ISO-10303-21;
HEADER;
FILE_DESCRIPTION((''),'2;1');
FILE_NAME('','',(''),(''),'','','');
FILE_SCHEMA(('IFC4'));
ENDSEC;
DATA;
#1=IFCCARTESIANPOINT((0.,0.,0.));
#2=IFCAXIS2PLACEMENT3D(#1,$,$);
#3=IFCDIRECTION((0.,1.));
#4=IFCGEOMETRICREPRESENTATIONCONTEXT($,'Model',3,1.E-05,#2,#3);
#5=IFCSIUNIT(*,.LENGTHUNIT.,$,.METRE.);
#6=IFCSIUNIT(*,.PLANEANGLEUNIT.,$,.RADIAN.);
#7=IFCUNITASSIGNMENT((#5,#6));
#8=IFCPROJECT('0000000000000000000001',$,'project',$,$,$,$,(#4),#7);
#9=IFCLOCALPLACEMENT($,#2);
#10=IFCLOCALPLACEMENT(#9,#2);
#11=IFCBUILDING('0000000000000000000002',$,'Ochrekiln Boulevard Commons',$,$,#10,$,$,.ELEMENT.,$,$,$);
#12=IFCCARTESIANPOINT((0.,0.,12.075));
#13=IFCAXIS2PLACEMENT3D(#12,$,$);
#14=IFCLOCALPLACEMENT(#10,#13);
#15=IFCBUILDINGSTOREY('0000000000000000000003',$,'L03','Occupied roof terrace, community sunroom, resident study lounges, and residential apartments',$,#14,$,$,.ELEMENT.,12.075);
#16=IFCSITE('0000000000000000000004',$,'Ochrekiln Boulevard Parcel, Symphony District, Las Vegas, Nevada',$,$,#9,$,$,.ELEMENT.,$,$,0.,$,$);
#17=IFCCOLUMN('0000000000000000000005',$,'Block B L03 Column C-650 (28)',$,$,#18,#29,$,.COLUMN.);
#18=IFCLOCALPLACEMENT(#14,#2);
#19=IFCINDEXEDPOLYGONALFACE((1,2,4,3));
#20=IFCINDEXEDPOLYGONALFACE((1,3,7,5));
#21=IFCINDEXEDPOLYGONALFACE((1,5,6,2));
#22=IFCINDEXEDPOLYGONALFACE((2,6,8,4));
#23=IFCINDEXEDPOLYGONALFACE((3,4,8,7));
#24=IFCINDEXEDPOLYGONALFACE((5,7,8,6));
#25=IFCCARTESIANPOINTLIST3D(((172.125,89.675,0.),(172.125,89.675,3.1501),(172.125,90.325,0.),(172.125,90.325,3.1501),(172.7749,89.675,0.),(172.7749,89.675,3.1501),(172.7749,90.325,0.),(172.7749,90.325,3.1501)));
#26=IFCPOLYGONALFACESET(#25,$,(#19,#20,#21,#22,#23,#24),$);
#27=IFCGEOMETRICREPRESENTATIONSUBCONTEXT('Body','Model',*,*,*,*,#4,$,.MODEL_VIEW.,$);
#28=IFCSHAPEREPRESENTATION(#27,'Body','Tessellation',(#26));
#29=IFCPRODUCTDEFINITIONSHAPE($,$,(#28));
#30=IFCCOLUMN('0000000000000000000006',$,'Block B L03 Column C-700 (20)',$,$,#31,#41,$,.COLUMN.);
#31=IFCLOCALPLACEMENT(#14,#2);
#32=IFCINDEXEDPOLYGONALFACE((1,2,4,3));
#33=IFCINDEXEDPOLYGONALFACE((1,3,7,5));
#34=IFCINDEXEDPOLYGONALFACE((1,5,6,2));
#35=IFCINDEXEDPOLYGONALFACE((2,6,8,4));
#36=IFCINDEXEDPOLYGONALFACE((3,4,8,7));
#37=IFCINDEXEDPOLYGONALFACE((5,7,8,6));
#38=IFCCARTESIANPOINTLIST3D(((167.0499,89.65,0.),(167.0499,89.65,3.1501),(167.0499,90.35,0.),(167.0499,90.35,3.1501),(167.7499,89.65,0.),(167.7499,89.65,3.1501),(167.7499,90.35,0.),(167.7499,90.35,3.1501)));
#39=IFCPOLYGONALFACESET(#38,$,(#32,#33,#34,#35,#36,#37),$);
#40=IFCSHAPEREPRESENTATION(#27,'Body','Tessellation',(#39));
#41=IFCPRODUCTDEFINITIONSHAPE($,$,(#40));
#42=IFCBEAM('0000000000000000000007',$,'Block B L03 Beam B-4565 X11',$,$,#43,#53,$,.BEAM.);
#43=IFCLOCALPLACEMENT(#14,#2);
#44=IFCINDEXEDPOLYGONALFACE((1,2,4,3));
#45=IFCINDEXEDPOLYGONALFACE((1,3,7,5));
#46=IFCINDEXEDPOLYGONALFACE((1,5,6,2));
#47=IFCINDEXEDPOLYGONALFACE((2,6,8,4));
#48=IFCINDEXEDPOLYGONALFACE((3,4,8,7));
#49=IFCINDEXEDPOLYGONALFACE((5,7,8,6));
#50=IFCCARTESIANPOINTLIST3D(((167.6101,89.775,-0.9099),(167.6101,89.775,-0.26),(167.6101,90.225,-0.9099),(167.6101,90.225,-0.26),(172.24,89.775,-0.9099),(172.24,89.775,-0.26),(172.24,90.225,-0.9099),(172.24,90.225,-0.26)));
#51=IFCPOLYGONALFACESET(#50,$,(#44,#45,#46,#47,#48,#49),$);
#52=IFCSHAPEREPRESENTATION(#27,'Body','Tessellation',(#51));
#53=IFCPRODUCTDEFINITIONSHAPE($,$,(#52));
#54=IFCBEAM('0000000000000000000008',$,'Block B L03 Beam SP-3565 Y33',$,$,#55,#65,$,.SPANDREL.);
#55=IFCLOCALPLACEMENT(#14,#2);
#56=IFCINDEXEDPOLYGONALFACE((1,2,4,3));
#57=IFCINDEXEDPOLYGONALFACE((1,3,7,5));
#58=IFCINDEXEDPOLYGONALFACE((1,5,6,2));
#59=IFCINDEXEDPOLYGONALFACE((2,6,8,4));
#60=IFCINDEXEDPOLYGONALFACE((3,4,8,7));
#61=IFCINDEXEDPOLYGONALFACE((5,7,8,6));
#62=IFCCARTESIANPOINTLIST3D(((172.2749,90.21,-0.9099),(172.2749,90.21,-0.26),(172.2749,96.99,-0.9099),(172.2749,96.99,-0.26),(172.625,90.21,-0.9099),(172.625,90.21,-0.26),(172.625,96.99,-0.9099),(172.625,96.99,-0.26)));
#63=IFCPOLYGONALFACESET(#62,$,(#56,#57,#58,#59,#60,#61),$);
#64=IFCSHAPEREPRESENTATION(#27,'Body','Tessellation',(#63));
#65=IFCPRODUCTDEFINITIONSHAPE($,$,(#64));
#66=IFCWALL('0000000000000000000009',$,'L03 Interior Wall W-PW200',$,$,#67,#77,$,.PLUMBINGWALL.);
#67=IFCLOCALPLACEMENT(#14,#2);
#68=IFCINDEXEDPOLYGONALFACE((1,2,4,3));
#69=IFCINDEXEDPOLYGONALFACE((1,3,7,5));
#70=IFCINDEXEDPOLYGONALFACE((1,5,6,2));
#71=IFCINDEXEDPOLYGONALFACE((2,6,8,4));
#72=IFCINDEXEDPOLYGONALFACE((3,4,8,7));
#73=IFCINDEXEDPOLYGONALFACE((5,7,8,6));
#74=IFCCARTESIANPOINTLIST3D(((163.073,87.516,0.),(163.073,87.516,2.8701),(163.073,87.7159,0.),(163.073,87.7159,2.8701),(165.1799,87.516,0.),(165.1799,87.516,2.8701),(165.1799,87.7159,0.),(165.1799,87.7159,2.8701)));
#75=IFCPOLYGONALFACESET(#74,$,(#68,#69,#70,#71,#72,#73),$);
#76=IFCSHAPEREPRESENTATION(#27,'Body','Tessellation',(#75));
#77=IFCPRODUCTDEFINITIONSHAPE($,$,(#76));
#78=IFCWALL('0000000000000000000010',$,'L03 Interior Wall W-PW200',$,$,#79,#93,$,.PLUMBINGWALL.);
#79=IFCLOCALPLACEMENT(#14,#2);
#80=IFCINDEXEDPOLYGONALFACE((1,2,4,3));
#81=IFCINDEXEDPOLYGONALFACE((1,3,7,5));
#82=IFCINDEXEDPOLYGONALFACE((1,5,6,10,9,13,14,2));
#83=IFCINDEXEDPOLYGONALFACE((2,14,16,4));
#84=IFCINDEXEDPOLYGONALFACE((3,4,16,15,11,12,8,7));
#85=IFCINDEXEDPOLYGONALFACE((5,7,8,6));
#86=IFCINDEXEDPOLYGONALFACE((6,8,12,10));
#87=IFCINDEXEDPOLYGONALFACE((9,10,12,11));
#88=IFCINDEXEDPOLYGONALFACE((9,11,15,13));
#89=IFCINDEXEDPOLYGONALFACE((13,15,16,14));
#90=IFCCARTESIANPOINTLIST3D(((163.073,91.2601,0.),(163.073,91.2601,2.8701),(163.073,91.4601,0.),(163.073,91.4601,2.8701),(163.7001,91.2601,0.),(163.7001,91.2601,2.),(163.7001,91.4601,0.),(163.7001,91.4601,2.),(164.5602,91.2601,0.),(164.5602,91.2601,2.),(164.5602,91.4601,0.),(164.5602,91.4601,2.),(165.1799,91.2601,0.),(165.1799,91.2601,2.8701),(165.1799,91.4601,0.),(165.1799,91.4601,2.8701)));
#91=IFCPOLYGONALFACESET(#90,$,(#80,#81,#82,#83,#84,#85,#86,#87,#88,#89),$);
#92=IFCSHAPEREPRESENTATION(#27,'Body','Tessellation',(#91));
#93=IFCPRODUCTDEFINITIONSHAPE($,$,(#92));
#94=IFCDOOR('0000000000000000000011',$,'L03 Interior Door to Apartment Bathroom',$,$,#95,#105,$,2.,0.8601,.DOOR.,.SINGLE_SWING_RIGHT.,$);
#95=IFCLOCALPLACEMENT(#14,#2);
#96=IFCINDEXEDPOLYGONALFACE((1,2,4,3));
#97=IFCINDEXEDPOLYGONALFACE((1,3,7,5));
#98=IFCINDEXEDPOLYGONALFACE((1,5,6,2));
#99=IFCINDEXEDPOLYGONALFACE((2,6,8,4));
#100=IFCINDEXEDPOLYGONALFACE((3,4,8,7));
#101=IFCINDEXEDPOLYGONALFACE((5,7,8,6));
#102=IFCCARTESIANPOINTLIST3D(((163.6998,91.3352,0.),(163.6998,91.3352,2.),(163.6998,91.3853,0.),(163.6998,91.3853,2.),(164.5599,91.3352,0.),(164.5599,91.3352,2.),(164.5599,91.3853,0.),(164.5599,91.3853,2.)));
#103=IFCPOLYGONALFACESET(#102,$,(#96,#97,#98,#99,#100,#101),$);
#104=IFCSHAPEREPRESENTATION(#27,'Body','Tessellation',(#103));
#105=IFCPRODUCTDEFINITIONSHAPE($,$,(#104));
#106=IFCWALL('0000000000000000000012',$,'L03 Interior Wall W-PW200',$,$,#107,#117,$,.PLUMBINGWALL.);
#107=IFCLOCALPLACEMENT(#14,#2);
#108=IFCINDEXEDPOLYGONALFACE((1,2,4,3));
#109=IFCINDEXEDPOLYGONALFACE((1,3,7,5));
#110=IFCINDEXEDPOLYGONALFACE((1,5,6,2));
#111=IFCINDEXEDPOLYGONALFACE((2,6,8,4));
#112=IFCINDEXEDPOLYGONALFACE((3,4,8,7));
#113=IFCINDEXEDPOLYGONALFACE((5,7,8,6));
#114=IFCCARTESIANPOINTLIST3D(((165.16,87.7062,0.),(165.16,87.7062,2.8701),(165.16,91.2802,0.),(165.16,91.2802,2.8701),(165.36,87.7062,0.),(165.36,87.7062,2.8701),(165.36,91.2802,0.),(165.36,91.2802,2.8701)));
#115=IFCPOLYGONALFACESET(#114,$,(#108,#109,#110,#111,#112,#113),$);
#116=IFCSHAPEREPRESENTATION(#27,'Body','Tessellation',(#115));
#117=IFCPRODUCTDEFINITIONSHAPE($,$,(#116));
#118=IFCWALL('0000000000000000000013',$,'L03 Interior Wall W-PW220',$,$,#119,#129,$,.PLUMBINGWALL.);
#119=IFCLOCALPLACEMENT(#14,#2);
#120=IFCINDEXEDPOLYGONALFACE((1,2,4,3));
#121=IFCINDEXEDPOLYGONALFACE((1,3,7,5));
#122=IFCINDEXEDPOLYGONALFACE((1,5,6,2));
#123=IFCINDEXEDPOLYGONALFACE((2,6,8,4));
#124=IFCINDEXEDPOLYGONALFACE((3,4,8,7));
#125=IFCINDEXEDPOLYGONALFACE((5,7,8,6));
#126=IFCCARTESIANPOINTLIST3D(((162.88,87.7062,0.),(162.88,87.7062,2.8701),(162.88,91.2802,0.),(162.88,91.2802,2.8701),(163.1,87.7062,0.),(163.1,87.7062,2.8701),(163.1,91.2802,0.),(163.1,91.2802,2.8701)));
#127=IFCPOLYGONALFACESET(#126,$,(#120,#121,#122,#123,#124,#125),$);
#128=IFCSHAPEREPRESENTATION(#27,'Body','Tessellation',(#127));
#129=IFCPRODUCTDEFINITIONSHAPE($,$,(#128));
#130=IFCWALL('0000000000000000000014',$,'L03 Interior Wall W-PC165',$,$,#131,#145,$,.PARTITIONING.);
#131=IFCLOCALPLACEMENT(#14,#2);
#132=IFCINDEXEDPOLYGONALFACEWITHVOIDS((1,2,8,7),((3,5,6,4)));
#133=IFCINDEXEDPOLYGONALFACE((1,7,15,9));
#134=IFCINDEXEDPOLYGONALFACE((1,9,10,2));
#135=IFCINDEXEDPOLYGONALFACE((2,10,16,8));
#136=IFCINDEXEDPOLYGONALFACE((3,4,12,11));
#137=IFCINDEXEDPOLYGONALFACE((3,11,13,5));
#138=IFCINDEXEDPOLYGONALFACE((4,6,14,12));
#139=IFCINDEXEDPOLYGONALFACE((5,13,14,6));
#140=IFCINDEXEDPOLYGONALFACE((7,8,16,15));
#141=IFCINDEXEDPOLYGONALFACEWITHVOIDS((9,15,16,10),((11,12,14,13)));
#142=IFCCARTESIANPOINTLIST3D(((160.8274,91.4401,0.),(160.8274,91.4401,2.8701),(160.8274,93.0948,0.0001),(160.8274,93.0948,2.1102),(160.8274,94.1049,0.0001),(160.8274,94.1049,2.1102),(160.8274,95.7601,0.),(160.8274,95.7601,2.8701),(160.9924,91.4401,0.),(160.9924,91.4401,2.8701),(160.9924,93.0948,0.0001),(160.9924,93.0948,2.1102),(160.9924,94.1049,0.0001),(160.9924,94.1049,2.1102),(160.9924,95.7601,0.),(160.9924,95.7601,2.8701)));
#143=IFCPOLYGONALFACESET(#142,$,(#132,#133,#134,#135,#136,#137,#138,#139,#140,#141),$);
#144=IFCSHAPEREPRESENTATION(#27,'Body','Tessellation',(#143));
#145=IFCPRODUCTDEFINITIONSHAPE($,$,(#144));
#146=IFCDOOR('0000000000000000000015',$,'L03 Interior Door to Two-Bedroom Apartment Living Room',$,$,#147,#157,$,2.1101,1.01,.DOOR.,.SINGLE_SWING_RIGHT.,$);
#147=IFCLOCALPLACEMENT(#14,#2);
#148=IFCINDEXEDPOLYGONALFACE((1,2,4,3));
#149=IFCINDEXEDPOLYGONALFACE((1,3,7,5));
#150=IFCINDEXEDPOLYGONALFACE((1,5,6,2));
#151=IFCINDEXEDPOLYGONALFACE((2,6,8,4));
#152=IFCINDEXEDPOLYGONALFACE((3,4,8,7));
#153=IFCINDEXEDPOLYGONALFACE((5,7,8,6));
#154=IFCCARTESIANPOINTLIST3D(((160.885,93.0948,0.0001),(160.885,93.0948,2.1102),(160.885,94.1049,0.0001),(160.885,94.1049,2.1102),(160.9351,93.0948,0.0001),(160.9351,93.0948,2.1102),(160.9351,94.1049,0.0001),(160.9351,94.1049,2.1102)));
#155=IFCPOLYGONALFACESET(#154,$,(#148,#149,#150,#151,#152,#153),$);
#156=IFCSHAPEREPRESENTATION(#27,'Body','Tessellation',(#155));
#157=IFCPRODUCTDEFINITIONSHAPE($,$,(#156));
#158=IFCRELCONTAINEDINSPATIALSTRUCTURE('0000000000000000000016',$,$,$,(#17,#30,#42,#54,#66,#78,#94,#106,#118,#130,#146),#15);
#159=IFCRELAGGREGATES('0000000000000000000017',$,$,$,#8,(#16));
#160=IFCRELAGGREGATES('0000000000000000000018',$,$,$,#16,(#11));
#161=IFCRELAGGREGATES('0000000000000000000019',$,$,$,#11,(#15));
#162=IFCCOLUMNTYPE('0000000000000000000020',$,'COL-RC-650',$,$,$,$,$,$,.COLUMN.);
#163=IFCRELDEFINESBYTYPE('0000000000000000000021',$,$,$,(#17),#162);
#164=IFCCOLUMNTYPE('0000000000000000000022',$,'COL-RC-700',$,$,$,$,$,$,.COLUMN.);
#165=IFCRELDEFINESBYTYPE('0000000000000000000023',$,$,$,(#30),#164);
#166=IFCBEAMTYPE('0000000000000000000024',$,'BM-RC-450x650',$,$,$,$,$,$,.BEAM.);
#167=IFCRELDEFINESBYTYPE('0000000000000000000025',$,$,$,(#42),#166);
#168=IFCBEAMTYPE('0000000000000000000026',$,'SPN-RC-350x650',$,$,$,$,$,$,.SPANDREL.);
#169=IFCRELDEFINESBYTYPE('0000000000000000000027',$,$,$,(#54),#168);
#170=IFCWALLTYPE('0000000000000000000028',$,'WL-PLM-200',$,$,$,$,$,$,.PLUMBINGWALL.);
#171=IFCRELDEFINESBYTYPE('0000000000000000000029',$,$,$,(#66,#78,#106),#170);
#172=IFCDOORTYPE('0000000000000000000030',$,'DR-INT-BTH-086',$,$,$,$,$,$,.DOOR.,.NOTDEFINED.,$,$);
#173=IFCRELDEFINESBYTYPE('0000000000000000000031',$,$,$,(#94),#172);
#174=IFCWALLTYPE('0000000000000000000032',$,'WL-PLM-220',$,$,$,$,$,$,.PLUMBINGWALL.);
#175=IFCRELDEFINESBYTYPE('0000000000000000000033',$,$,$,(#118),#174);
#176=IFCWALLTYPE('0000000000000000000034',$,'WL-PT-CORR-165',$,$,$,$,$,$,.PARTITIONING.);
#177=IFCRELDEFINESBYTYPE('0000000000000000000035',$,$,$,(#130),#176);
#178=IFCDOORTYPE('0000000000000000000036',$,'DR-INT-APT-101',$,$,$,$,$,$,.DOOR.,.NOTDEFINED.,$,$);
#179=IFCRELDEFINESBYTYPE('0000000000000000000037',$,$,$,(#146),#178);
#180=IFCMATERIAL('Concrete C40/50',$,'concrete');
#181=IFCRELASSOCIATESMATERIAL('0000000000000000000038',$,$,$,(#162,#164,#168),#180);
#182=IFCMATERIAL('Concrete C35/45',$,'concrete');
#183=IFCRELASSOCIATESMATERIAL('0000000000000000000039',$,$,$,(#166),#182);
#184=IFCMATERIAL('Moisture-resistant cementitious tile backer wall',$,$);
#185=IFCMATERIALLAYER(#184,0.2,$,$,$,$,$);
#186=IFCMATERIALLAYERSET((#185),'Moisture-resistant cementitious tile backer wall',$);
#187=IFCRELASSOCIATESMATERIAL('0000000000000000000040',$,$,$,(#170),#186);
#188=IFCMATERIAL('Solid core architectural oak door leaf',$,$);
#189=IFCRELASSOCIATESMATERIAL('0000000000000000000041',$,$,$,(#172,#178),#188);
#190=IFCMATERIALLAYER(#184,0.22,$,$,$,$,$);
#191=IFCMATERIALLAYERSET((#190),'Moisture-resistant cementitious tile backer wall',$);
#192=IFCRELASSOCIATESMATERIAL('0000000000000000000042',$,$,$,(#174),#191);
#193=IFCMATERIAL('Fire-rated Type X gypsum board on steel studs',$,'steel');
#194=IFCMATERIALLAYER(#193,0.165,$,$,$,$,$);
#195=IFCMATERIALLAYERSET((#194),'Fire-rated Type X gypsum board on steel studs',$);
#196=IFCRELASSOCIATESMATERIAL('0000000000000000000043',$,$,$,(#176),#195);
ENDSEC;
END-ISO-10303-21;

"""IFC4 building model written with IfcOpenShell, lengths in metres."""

from ifc_helpers import new_model, si_unit, direction, frame, frame_2d, origin, origin_2d, place, context, subcontext, project, spatial, rectangle, extrude, material, layer, layer_set, material_profile, profile_set, type_object, element, fill, save


model = new_model("IFC4")

# Units and contexts
model_context = context("Model", 3, precision=1e-05, world=origin(), true_north=direction((0.0, 1.0)))
body_context = subcontext(model_context, "Body", "Model", "MODEL_VIEW")
ifc_project = project(units=[si_unit("LENGTHUNIT", "METRE"), si_unit("PLANEANGLEUNIT", "RADIAN")], contexts=[model_context])

# Site, building, storey
site_placement = place(None, origin())
site = spatial("IfcSite", under=ifc_project, at=site_placement, Name="Ochrekiln Boulevard Parcel, Symphony District, Las Vegas, Nevada", CompositionType="ELEMENT", RefElevation=0.0)
building_placement = place(site_placement, origin())
building = spatial("IfcBuilding", under=site, at=building_placement, Name="Ochrekiln Boulevard Commons", CompositionType="ELEMENT")
storey_placement = place(building_placement, frame((0.0, 0.0, 12.075)))
storey = spatial("IfcBuildingStorey", under=building, at=storey_placement, Name="L03", Description="Occupied roof terrace, community sunroom, resident study lounges, and residential apartments", CompositionType="ELEMENT", Elevation=12.075)

# Columns
ifc_material_1 = material(Name="Concrete C40/50", Category="concrete")
ifc_material_profile_1 = material_profile(ifc_material_1, rectangle(XDim=0.6499, YDim=0.6499, at=origin_2d()), Name="RC-COL-650x650")
ifc_profile_set_1 = profile_set([ifc_material_profile_1], Name="Concrete C40/50")
column_type_1 = type_object("IfcColumnType", Name="COL-RC-650", PredefinedType="COLUMN", material=ifc_profile_set_1)
column_1_placement = place(storey_placement, frame((172.45, 90.0, 0.0), z_axis=(0.0, 0.0, 1.0), x_axis=(1.0, 0.0, 0.0)))
element("IfcColumn", 1, at=column_1_placement, inside=storey, type_object=column_type_1, Name="Block B L03 Column C-650 (28)", PredefinedType="COLUMN", context=body_context, shape_type="SweptSolid", body=[
    extrude(rectangle(XDim=0.6499, YDim=0.6499, at=origin_2d()), origin(), (0.0, 0.0, 1.0), 3.1501),
])
ifc_material_profile_2 = material_profile(ifc_material_1, rectangle(XDim=0.7, YDim=0.7, at=origin_2d()), Name="RC-COL-700x700")
ifc_profile_set_2 = profile_set([ifc_material_profile_2], Name="Concrete C40/50")
column_type_2 = type_object("IfcColumnType", Name="COL-RC-700", PredefinedType="COLUMN", material=ifc_profile_set_2)
column_2_placement = place(storey_placement, frame((167.3999, 90.0, 0.0), z_axis=(0.0, 0.0, 1.0), x_axis=(1.0, 0.0, 0.0)))
element("IfcColumn", 2, at=column_2_placement, inside=storey, type_object=column_type_2, Name="Block B L03 Column C-700 (20)", PredefinedType="COLUMN", context=body_context, shape_type="SweptSolid", body=[
    extrude(rectangle(XDim=0.7, YDim=0.7, at=origin_2d()), origin(), (0.0, 0.0, 1.0), 3.1501),
])

# Beams
ifc_material_2 = material(Name="Concrete C35/45", Category="concrete")
ifc_material_profile_3 = material_profile(ifc_material_2, rectangle(XDim=0.45, YDim=0.6499, at=origin_2d()), Name="RC-BM-450x650")
ifc_profile_set_3 = profile_set([ifc_material_profile_3], Name="Concrete C35/45")
beam_type_1 = type_object("IfcBeamType", Name="BM-RC-450x650", PredefinedType="BEAM", material=ifc_profile_set_3)
beam_1_placement = place(storey_placement, frame((167.6101, 90.0, -0.585), z_axis=(1.0, 0.0, 0.0), x_axis=(0.0, 1.0, 0.0)))
element("IfcBeam", 3, at=beam_1_placement, inside=storey, type_object=beam_type_1, Name="Block B L03 Beam B-4565 X11", PredefinedType="BEAM", context=body_context, shape_type="SweptSolid", body=[
    extrude(rectangle(XDim=0.45, YDim=0.6499, at=origin_2d()), origin(), (0.0, 0.0, 1.0), 4.6299),
])
ifc_material_profile_4 = material_profile(ifc_material_1, rectangle(XDim=0.3501, YDim=0.6499, at=origin_2d()), Name="RC-SPN-350x650")
ifc_profile_set_4 = profile_set([ifc_material_profile_4], Name="Concrete C40/50")
beam_type_2 = type_object("IfcBeamType", Name="SPN-RC-350x650", PredefinedType="SPANDREL", material=ifc_profile_set_4)
beam_2_placement = place(storey_placement, frame((172.45, 90.21, -0.585), z_axis=(0.0, 1.0, 0.0), x_axis=(-1.0, 0.0, 0.0)))
element("IfcBeam", 4, at=beam_2_placement, inside=storey, type_object=beam_type_2, Name="Block B L03 Beam SP-3565 Y33", PredefinedType="SPANDREL", context=body_context, shape_type="SweptSolid", body=[
    extrude(rectangle(XDim=0.3501, YDim=0.6499, at=origin_2d()), origin(), (0.0, 0.0, 1.0), 6.78),
])

# Wall
ifc_material_3 = material(Name="Moisture-resistant cementitious tile backer wall")
ifc_layer_1 = layer(ifc_material_3, 0.2)
ifc_layer_set_1 = layer_set([ifc_layer_1], Name="Moisture-resistant cementitious tile backer wall")
wall_type_1 = type_object("IfcWallType", Name="WL-PLM-200", PredefinedType="PLUMBINGWALL", material=ifc_layer_set_1)
wall_1_placement = place(storey_placement, frame((163.073, 87.616, 0.0), z_axis=(0.0, 0.0, 1.0), x_axis=(1.0, 0.0, 0.0)))
element("IfcWall", 5, at=wall_1_placement, inside=storey, type_object=wall_type_1, Name="L03 Interior Wall W-PW200", PredefinedType="PLUMBINGWALL", context=body_context, shape_type="SweptSolid", body=[
    extrude(rectangle(XDim=2.1069, YDim=0.2, at=frame_2d((1.0535, 0.0))), origin(), (0.0, 0.0, 1.0), 2.8701),
])

# Wall, opening, door
wall_2_placement = place(storey_placement, frame((163.073, 91.3601, 0.0), z_axis=(0.0, 0.0, 1.0), x_axis=(1.0, 0.0, 0.0)))
wall_2 = element("IfcWall", 6, at=wall_2_placement, inside=storey, type_object=wall_type_1, Name="L03 Interior Wall W-PW200", PredefinedType="PLUMBINGWALL", context=body_context, shape_type="SweptSolid", body=[
    extrude(rectangle(XDim=2.1069, YDim=0.2, at=frame_2d((1.0535, 0.0))), origin(), (0.0, 0.0, 1.0), 2.8701),
])
opening_1_placement = place(wall_2_placement, frame((0.627, 0.0, 0.0)))
opening_1 = element("IfcOpeningElement", 7, at=opening_1_placement, cuts=wall_2, PredefinedType="OPENING", context=body_context, shape_type="SweptSolid", body=[
    extrude(rectangle(XDim=0.8601, YDim=2.0, at=frame_2d((0.4302, 1.0))), frame((0.0, 0.1099, 0.0), z_axis=(0.0, -1.0, 0.0), x_axis=(1.0, 0.0, 0.0)), (0.0, 0.0, 1.0), 0.22),
])
ifc_material_4 = material(Name="Solid core architectural oak door leaf")
door_type_1 = type_object("IfcDoorType", Name="DR-INT-BTH-086", OperationType="NOTDEFINED", PredefinedType="DOOR", material=ifc_material_4)
door_1_placement = place(opening_1_placement, frame((0.8601, 0.0, 0.0), z_axis=(0.0, 0.0, 1.0), x_axis=(-1.0, 0.0, 0.0)))
door_1 = element("IfcDoor", 8, at=door_1_placement, inside=storey, type_object=door_type_1, Name="L03 Interior Door to Apartment Bathroom", OperationType="SINGLE_SWING_RIGHT", OverallHeight=2.0, OverallWidth=0.8601, PredefinedType="DOOR", context=body_context, shape_type="SweptSolid", body=[
    extrude(rectangle(XDim=0.8601, YDim=2.0, at=frame_2d((0.4302, 1.0))), frame((0.0, 0.0249, 0.0), z_axis=(0.0, -1.0, 0.0), x_axis=(1.0, 0.0, 0.0)), (0.0, 0.0, 1.0), 0.05),
])
fill(opening_1, door_1)

# Walls
wall_3_placement = place(storey_placement, frame((165.26, 87.7061, 0.0), z_axis=(0.0, 0.0, 1.0), x_axis=(0.0, 1.0, 0.0)))
element("IfcWall", 9, at=wall_3_placement, inside=storey, type_object=wall_type_1, Name="L03 Interior Wall W-PW200", PredefinedType="PLUMBINGWALL", context=body_context, shape_type="SweptSolid", body=[
    extrude(rectangle(XDim=3.574, YDim=0.2, at=frame_2d((1.7871, 0.0))), origin(), (0.0, 0.0, 1.0), 2.8701),
])
ifc_layer_2 = layer(ifc_material_3, 0.22)
ifc_layer_set_2 = layer_set([ifc_layer_2], Name="Moisture-resistant cementitious tile backer wall")
wall_type_2 = type_object("IfcWallType", Name="WL-PLM-220", PredefinedType="PLUMBINGWALL", material=ifc_layer_set_2)
wall_4_placement = place(storey_placement, frame((162.99, 87.7061, 0.0), z_axis=(0.0, 0.0, 1.0), x_axis=(0.0, 1.0, 0.0)))
element("IfcWall", 10, at=wall_4_placement, inside=storey, type_object=wall_type_2, Name="L03 Interior Wall W-PW220", PredefinedType="PLUMBINGWALL", context=body_context, shape_type="SweptSolid", body=[
    extrude(rectangle(XDim=3.574, YDim=0.22, at=frame_2d((1.7871, 0.0))), origin(), (0.0, 0.0, 1.0), 2.8701),
])

# Wall, opening, door
ifc_material_5 = material(Name="Fire-rated Type X gypsum board on steel studs", Category="steel")
ifc_layer_3 = layer(ifc_material_5, 0.165)
ifc_layer_set_3 = layer_set([ifc_layer_3], Name="Fire-rated Type X gypsum board on steel studs")
wall_type_3 = type_object("IfcWallType", Name="WL-PT-CORR-165", PredefinedType="PARTITIONING", material=ifc_layer_set_3)
wall_5_placement = place(storey_placement, frame((160.9099, 91.4399, 0.0), z_axis=(0.0, 0.0, 1.0), x_axis=(0.0, 1.0, 0.0)))
wall_5 = element("IfcWall", 11, at=wall_5_placement, inside=storey, type_object=wall_type_3, Name="L03 Interior Wall W-PC165", PredefinedType="PARTITIONING", context=body_context, shape_type="SweptSolid", body=[
    extrude(rectangle(XDim=4.3201, YDim=0.165, at=frame_2d((2.1602, 0.0))), origin(), (0.0, 0.0, 1.0), 2.8701),
])
opening_2_placement = place(wall_5_placement, frame((1.655, 0.0, 0.0)))
opening_2 = element("IfcOpeningElement", 12, at=opening_2_placement, cuts=wall_5, PredefinedType="OPENING", context=body_context, shape_type="SweptSolid", body=[
    extrude(rectangle(XDim=1.01, YDim=2.1101, at=frame_2d((0.5049, 1.0552))), frame((0.0, 0.0925, 0.0), z_axis=(0.0, -1.0, 0.0), x_axis=(1.0, 0.0, 0.0)), (0.0, 0.0, 1.0), 0.1851),
])
door_type_2 = type_object("IfcDoorType", Name="DR-INT-APT-101", OperationType="NOTDEFINED", PredefinedType="DOOR", material=ifc_material_4)
door_2_placement = place(opening_2_placement, origin())
door_2 = element("IfcDoor", 13, at=door_2_placement, inside=storey, type_object=door_type_2, Name="L03 Interior Door to Two-Bedroom Apartment Living Room", OperationType="SINGLE_SWING_RIGHT", OverallHeight=2.1101, OverallWidth=1.01, PredefinedType="DOOR", context=body_context, shape_type="SweptSolid", body=[
    extrude(rectangle(XDim=1.01, YDim=2.1101, at=frame_2d((0.5049, 1.0552))), frame((0.0, 0.0249, 0.0), z_axis=(0.0, -1.0, 0.0), x_axis=(1.0, 0.0, 0.0)), (0.0, 0.0, 1.0), 0.05),
])
fill(opening_2, door_2)

save(model, "model.ifc")
